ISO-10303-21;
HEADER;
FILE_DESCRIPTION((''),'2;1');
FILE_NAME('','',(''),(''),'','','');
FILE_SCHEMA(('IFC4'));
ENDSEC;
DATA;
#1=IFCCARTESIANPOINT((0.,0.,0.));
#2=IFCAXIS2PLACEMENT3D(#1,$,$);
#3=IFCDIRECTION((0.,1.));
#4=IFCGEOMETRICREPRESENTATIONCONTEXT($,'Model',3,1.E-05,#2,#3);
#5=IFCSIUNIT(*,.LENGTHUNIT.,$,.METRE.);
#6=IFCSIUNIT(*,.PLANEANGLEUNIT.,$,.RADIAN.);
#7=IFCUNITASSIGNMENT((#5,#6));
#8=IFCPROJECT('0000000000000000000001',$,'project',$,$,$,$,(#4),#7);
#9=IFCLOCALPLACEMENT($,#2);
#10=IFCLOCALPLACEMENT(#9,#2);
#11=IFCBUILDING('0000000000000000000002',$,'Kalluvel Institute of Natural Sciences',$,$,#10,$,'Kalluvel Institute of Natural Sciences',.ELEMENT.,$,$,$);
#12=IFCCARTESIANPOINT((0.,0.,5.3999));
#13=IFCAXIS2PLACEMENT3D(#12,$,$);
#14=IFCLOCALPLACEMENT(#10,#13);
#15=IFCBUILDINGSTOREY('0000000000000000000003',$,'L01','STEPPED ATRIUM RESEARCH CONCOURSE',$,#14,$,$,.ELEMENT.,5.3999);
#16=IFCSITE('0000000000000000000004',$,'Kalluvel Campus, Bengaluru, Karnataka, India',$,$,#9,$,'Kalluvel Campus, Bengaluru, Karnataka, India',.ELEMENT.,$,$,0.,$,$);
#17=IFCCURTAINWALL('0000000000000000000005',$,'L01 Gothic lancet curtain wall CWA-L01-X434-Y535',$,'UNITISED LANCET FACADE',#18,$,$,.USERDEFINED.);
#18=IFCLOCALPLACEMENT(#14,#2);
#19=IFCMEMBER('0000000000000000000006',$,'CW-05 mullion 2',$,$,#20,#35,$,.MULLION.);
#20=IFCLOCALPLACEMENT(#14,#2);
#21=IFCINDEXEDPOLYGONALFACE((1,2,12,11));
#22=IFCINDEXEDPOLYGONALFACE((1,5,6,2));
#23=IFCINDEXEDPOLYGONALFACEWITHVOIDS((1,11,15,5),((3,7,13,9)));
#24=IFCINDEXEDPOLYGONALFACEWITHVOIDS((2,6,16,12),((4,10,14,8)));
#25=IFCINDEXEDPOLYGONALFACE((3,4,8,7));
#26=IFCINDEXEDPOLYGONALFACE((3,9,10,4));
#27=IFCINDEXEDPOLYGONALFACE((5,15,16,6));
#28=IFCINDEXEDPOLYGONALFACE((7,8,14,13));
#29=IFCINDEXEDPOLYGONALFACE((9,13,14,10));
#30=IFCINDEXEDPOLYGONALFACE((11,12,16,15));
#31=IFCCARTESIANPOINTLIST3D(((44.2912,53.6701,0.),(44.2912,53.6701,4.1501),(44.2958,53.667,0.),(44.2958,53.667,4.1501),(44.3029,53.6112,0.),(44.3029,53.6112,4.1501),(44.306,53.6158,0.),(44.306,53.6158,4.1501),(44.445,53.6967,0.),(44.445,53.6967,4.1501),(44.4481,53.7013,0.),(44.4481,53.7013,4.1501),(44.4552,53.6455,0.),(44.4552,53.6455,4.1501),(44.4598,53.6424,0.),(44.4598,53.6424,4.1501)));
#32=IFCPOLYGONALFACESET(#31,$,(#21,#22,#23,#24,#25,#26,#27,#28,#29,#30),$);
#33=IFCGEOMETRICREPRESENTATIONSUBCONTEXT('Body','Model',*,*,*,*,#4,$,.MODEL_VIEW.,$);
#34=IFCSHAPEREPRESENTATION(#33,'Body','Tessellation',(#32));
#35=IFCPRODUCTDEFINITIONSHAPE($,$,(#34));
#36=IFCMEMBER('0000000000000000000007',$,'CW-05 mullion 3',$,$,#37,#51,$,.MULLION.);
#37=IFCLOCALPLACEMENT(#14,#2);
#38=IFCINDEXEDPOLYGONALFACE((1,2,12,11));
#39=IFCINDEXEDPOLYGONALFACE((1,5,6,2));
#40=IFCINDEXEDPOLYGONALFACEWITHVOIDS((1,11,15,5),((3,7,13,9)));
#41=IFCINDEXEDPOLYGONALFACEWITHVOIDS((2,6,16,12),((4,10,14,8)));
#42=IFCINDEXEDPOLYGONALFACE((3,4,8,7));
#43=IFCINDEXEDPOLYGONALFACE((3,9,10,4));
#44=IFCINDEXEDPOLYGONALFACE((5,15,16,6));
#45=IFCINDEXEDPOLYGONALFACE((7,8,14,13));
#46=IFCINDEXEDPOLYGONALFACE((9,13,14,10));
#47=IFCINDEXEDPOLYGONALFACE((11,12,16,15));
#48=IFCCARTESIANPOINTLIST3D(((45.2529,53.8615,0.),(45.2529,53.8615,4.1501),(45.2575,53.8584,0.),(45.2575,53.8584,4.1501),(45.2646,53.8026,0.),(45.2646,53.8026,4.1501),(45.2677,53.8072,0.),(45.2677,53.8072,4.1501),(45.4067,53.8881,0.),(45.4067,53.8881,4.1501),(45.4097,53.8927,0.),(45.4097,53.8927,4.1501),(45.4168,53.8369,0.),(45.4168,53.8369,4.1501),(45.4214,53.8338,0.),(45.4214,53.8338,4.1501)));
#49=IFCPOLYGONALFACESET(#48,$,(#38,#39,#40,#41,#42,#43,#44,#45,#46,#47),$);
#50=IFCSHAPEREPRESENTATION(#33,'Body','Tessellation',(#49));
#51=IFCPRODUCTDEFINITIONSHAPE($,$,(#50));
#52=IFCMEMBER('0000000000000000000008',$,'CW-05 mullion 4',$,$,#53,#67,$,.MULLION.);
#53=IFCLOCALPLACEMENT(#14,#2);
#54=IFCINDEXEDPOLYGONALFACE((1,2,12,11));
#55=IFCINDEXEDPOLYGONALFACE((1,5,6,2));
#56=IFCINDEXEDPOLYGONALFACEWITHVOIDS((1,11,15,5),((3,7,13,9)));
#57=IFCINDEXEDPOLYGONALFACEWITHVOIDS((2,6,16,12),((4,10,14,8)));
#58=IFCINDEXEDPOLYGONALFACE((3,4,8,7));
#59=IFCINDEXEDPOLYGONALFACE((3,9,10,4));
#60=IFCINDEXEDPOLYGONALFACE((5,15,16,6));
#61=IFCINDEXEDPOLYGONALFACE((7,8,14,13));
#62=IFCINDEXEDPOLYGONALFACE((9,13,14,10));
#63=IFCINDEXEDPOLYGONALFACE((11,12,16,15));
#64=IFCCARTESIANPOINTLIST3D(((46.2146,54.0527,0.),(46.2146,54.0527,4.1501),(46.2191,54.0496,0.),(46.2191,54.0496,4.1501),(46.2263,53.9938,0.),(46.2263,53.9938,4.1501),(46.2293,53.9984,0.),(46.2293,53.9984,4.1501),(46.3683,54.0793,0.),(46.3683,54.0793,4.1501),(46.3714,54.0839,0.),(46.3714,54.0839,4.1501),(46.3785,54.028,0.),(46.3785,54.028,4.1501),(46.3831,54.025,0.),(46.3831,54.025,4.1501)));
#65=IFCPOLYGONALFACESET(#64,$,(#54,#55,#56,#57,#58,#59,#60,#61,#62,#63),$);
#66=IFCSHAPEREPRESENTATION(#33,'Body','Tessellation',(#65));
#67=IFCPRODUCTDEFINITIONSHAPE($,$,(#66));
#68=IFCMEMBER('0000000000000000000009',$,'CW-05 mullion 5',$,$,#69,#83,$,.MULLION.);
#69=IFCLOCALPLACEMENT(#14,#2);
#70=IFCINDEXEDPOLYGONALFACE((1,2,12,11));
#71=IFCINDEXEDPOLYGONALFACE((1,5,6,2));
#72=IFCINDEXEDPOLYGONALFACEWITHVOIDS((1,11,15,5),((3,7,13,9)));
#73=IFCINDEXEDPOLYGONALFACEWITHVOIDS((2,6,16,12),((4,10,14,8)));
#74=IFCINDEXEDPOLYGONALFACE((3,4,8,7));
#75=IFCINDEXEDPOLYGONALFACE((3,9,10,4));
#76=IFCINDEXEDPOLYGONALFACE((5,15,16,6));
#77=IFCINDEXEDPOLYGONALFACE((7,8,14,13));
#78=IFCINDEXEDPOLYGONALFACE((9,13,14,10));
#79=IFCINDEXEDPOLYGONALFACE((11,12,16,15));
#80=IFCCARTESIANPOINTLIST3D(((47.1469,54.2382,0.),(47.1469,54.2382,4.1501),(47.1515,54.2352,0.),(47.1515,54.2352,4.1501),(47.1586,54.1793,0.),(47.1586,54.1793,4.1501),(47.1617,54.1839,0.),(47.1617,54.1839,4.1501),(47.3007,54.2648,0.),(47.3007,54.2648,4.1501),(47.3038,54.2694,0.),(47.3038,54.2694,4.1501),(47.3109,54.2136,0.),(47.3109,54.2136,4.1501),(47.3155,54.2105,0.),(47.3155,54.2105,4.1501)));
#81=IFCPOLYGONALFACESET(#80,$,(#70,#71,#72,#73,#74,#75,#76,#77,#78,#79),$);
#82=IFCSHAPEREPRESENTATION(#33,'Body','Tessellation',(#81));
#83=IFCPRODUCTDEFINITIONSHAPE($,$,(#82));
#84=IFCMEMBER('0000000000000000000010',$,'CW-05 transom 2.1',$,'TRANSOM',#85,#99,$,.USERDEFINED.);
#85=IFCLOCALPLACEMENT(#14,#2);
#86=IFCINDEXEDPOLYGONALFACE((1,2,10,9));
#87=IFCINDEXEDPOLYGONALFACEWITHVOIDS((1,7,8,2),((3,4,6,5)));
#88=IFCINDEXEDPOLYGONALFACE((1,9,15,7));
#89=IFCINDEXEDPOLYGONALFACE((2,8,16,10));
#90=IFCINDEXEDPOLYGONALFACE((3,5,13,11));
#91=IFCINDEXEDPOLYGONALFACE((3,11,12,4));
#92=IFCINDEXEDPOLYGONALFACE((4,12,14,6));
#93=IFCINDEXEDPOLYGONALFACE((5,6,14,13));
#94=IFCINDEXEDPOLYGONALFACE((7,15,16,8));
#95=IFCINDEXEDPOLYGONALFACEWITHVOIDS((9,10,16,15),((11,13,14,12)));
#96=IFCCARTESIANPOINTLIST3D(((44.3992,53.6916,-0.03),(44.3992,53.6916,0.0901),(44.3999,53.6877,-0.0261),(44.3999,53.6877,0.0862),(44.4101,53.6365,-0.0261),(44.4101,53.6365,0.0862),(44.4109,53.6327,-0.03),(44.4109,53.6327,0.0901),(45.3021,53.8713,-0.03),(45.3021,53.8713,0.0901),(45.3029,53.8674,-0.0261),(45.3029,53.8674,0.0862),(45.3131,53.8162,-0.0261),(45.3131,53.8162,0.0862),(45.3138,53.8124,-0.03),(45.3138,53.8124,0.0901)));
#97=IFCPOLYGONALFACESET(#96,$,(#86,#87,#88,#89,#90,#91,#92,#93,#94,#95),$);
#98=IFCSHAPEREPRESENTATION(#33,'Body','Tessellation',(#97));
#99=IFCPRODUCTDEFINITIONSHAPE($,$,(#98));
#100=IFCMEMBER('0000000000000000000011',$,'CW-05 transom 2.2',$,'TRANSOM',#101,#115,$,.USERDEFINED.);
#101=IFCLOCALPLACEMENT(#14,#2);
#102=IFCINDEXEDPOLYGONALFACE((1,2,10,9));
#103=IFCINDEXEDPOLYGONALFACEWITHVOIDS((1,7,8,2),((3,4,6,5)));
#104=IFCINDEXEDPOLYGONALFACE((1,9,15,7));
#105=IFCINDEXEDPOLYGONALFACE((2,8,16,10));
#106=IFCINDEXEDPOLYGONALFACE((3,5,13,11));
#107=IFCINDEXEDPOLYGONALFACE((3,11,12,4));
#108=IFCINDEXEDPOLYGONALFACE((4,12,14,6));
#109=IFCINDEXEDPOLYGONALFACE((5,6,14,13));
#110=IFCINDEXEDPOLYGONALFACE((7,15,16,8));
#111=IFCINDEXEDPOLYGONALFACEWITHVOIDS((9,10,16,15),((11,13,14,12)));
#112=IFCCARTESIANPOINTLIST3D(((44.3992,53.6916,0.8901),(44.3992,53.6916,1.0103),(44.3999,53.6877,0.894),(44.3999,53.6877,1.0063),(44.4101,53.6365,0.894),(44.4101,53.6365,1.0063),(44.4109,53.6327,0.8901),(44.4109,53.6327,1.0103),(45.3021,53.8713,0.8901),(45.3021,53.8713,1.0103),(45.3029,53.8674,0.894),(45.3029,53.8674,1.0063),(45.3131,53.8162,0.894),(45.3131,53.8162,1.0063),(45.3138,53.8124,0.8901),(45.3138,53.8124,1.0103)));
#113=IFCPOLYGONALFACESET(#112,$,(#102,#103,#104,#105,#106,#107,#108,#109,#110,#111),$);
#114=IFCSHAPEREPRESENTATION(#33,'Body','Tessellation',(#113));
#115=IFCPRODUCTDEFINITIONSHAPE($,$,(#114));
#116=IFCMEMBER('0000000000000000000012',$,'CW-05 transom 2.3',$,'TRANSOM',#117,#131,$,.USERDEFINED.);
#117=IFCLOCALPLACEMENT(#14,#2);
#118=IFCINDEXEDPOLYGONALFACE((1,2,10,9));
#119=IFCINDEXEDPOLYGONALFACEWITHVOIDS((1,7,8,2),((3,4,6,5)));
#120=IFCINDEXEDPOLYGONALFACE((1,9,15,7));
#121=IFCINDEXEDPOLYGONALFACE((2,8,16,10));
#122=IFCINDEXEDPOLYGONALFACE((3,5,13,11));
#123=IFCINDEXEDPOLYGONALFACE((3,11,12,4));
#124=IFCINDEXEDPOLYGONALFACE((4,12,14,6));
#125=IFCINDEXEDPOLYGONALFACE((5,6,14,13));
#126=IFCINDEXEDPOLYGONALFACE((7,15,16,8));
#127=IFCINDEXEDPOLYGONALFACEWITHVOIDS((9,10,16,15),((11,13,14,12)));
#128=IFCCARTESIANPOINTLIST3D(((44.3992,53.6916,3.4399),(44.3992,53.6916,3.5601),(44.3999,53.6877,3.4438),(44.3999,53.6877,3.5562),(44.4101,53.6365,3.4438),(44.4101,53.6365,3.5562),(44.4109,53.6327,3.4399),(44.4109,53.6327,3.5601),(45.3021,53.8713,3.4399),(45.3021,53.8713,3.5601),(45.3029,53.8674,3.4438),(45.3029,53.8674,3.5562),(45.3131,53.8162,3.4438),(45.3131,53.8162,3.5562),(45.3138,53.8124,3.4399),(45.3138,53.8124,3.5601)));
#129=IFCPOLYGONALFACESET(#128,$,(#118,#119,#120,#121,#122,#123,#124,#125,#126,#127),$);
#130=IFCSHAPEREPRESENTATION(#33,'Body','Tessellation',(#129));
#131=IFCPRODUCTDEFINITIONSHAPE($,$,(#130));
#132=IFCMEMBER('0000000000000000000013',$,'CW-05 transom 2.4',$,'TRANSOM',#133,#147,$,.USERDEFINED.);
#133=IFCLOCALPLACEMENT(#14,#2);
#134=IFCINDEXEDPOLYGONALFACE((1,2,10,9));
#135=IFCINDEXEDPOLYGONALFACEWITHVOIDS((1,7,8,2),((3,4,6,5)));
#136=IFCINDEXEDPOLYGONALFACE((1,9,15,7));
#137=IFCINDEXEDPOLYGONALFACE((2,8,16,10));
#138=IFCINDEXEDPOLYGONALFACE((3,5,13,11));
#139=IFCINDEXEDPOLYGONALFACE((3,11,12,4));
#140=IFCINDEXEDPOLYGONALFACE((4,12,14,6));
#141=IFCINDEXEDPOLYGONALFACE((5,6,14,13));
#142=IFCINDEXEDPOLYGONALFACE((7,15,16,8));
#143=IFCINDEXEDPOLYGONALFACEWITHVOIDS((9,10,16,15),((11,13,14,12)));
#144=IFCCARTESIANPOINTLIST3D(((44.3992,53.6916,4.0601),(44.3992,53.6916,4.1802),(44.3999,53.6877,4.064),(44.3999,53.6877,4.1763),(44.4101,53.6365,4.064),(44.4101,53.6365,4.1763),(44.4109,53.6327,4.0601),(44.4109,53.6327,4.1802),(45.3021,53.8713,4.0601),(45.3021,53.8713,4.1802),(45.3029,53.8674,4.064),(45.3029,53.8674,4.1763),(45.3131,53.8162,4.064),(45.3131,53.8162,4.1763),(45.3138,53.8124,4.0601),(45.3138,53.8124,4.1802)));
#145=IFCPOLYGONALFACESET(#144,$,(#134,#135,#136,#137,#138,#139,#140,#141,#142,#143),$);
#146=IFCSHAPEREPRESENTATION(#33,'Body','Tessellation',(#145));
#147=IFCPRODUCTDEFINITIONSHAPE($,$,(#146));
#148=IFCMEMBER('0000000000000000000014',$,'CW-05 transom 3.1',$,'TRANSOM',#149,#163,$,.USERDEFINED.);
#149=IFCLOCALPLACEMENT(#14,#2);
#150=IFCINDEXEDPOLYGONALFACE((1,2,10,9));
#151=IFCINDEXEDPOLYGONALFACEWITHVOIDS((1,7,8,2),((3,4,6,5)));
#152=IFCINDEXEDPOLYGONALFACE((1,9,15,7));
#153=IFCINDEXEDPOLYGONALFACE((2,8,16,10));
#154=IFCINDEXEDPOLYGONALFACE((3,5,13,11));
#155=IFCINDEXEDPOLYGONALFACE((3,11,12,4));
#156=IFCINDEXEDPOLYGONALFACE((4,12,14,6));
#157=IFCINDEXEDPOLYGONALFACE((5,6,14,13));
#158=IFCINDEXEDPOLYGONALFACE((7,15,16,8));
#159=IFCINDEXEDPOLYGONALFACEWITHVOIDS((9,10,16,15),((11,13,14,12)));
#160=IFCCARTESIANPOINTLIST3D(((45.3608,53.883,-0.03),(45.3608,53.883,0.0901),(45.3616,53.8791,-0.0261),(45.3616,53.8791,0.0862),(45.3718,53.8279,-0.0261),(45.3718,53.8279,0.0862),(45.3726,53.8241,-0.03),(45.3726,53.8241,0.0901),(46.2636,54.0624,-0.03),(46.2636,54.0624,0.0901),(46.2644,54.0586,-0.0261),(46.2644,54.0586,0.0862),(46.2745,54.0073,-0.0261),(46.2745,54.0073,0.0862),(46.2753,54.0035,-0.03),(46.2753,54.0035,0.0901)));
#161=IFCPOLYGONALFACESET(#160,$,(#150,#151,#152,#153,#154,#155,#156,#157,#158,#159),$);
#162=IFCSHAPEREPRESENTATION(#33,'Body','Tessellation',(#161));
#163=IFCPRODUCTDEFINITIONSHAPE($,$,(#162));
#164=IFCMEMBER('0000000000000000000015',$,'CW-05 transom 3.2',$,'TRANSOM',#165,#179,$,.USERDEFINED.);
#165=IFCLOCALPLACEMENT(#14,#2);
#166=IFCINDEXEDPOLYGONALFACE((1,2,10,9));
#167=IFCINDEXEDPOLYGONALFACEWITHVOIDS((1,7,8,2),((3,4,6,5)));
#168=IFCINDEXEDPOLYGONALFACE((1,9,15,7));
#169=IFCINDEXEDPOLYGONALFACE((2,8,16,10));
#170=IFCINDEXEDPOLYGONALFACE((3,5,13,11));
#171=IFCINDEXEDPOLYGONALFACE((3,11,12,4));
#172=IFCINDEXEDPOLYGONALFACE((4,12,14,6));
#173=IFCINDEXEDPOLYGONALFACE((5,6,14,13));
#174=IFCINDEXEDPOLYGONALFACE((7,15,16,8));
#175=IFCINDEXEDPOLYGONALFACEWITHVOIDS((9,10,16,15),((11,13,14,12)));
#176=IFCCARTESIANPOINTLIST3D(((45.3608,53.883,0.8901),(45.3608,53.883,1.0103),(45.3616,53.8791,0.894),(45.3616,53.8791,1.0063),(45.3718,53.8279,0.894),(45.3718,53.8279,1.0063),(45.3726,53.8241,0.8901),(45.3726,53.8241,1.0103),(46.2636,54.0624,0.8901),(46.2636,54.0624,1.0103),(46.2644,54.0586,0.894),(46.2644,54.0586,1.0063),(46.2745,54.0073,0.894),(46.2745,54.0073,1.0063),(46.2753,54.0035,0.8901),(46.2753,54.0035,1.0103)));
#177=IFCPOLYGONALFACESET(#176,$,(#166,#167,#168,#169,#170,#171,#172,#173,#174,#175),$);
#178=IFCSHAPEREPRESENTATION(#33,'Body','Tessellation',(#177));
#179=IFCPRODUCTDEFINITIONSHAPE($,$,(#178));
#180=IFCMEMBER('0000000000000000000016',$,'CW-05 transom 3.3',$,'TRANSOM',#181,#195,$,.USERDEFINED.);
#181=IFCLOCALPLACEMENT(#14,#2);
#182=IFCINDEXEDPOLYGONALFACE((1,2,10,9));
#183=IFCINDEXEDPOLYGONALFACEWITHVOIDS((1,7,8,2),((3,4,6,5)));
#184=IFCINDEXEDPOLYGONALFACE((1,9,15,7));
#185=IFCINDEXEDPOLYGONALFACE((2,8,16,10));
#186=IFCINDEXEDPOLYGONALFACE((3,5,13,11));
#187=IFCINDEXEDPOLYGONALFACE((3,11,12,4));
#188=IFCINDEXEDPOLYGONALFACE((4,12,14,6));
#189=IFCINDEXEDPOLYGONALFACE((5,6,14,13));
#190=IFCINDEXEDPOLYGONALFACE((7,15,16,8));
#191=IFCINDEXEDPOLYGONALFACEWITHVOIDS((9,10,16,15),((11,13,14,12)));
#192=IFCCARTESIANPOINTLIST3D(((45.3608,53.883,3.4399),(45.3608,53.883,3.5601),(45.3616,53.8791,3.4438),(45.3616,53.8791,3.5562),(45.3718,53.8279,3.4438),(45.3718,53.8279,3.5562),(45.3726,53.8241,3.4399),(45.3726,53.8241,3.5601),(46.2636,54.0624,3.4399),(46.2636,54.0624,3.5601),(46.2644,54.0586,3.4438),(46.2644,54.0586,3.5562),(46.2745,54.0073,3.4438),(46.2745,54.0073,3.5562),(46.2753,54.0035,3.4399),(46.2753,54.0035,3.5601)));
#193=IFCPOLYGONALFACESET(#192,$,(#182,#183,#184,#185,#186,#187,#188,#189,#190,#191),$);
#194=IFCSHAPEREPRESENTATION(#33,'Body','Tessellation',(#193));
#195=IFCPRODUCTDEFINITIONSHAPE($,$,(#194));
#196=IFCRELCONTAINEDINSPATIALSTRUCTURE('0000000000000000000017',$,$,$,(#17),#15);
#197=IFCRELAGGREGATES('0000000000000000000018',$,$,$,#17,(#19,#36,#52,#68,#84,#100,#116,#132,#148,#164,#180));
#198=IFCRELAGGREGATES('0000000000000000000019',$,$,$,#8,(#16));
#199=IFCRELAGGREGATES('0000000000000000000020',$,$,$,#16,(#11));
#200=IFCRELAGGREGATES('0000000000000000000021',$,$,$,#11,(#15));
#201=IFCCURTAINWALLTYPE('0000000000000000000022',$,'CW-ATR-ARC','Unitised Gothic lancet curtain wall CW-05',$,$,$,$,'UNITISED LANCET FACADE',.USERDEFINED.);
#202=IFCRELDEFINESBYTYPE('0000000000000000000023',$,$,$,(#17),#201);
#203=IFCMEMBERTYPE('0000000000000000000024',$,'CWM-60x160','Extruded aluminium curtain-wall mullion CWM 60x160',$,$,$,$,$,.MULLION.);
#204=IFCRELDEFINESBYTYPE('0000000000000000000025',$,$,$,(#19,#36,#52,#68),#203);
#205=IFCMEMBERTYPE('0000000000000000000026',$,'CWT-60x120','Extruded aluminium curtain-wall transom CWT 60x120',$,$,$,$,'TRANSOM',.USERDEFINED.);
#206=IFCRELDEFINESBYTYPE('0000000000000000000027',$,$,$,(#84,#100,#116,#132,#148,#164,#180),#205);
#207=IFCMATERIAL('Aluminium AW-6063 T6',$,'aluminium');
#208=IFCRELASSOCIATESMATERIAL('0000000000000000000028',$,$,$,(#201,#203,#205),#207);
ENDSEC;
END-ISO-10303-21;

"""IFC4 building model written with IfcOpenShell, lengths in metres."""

from ifc_helpers import new_model, si_unit, direction, frame, origin, origin_2d, place, context, subcontext, project, spatial, hollow_rectangle, extrude, material, material_profile, profile_set, type_object, element, aggregate, save


model = new_model("IFC4")

# Units and contexts
model_context = context("Model", 3, precision=1e-05, world=origin(), true_north=direction((0.0, 1.0)))
body_context = subcontext(model_context, "Body", "Model", "MODEL_VIEW")
ifc_project = project(units=[si_unit("LENGTHUNIT", "METRE"), si_unit("PLANEANGLEUNIT", "RADIAN")], contexts=[model_context])

# Site, building, storey
site_placement = place(None, origin())
site = spatial("IfcSite", under=ifc_project, at=site_placement, Name="Kalluvel Campus, Bengaluru, Karnataka, India", LongName="Kalluvel Campus, Bengaluru, Karnataka, India", CompositionType="ELEMENT", RefElevation=0.0)
building_placement = place(site_placement, origin())
building = spatial("IfcBuilding", under=site, at=building_placement, Name="Kalluvel Institute of Natural Sciences", LongName="Kalluvel Institute of Natural Sciences", CompositionType="ELEMENT")
storey_placement = place(building_placement, frame((0.0, 0.0, 5.3999)))
storey = spatial("IfcBuildingStorey", under=building, at=storey_placement, Name="L01", Description="STEPPED ATRIUM RESEARCH CONCOURSE", CompositionType="ELEMENT", Elevation=5.3999)

# Curtain wall, members
ifc_material_1 = material(Name="Aluminium AW-6063 T6", Category="aluminium")
curtain_wall_type = type_object("IfcCurtainWallType", Name="CW-ATR-ARC", Description="Unitised Gothic lancet curtain wall CW-05", ElementType="UNITISED LANCET FACADE", PredefinedType="USERDEFINED", material=ifc_material_1)
curtain_wall_placement = place(storey_placement, origin())
curtain_wall = element("IfcCurtainWall", 1, at=curtain_wall_placement, inside=storey, type_object=curtain_wall_type, Name="L01 Gothic lancet curtain wall CWA-L01-X434-Y535", ObjectType="UNITISED LANCET FACADE", PredefinedType="USERDEFINED")
ifc_material_profile_1 = material_profile(ifc_material_1, hollow_rectangle(XDim=0.0601, YDim=0.1599, WallThickness=0.0039, at=origin_2d()), Name="CWM 60x160")
ifc_profile_set_1 = profile_set([ifc_material_profile_1], Name="Aluminium AW-6063 T6")
member_type_1 = type_object("IfcMemberType", Name="CWM-60x160", Description="Extruded aluminium curtain-wall mullion CWM 60x160", PredefinedType="MULLION", material=ifc_profile_set_1)
member_1_placement = place(storey_placement, frame((44.3755, 53.6562, 0.0), z_axis=(0.0, 0.0, 1.0), x_axis=(-0.195077, 0.980788, 0.0)))
member_1 = element("IfcMember", 2, at=member_1_placement, type_object=member_type_1, Name="CW-05 mullion 2", PredefinedType="MULLION", context=body_context, shape_type="SweptSolid", body=[
    extrude(hollow_rectangle(XDim=0.0601, YDim=0.1599, WallThickness=0.0039, at=origin_2d()), origin(), (0.0, 0.0, 1.0), 4.1501),
])
member_2_placement = place(storey_placement, frame((45.3372, 53.8477, 0.0), z_axis=(0.0, 0.0, 1.0), x_axis=(-0.195077, 0.980788, 0.0)))
member_2 = element("IfcMember", 3, at=member_2_placement, type_object=member_type_1, Name="CW-05 mullion 3", PredefinedType="MULLION", context=body_context, shape_type="SweptSolid", body=[
    extrude(hollow_rectangle(XDim=0.0601, YDim=0.1599, WallThickness=0.0039, at=origin_2d()), origin(), (0.0, 0.0, 1.0), 4.1501),
])
member_3_placement = place(storey_placement, frame((46.2988, 54.0388, 0.0), z_axis=(0.0, 0.0, 1.0), x_axis=(-0.195077, 0.980788, 0.0)))
member_3 = element("IfcMember", 4, at=member_3_placement, type_object=member_type_1, Name="CW-05 mullion 4", PredefinedType="MULLION", context=body_context, shape_type="SweptSolid", body=[
    extrude(hollow_rectangle(XDim=0.0601, YDim=0.1599, WallThickness=0.0039, at=origin_2d()), origin(), (0.0, 0.0, 1.0), 4.1501),
])
member_4_placement = place(storey_placement, frame((47.2312, 54.2244, 0.0), z_axis=(0.0, 0.0, 1.0), x_axis=(-0.195077, 0.980788, 0.0)))
member_4 = element("IfcMember", 5, at=member_4_placement, type_object=member_type_1, Name="CW-05 mullion 5", PredefinedType="MULLION", context=body_context, shape_type="SweptSolid", body=[
    extrude(hollow_rectangle(XDim=0.0601, YDim=0.1599, WallThickness=0.0039, at=origin_2d()), origin(), (0.0, 0.0, 1.0), 4.1501),
])
ifc_material_profile_2 = material_profile(ifc_material_1, hollow_rectangle(XDim=0.0601, YDim=0.1201, WallThickness=0.0039, at=origin_2d()), Name="CWT 60x120")
ifc_profile_set_2 = profile_set([ifc_material_profile_2], Name="Aluminium AW-6063 T6")
member_type_2 = type_object("IfcMemberType", Name="CWT-60x120", Description="Extruded aluminium curtain-wall transom CWT 60x120", ElementType="TRANSOM", PredefinedType="USERDEFINED", material=ifc_profile_set_2)
member_5_placement = place(storey_placement, frame((44.405, 53.6621, 0.03), z_axis=(0.980764, 0.195198, 0.0), x_axis=(-0.195198, 0.980764, 0.0)))
member_5 = element("IfcMember", 6, at=member_5_placement, type_object=member_type_2, Name="CW-05 transom 2.1", ObjectType="TRANSOM", PredefinedType="USERDEFINED", context=body_context, shape_type="SweptSolid", body=[
    extrude(hollow_rectangle(XDim=0.0601, YDim=0.1201, WallThickness=0.0039, at=origin_2d()), origin(), (0.0, 0.0, 1.0), 0.9207),
])
member_6_placement = place(storey_placement, frame((44.405, 53.6621, 0.9502), z_axis=(0.980764, 0.195198, 0.0), x_axis=(-0.195198, 0.980764, 0.0)))
member_6 = element("IfcMember", 7, at=member_6_placement, type_object=member_type_2, Name="CW-05 transom 2.2", ObjectType="TRANSOM", PredefinedType="USERDEFINED", context=body_context, shape_type="SweptSolid", body=[
    extrude(hollow_rectangle(XDim=0.0601, YDim=0.1201, WallThickness=0.0039, at=origin_2d()), origin(), (0.0, 0.0, 1.0), 0.9207),
])
member_7_placement = place(storey_placement, frame((44.405, 53.6621, 3.5), z_axis=(0.980764, 0.195198, 0.0), x_axis=(-0.195198, 0.980764, 0.0)))
member_7 = element("IfcMember", 8, at=member_7_placement, type_object=member_type_2, Name="CW-05 transom 2.3", ObjectType="TRANSOM", PredefinedType="USERDEFINED", context=body_context, shape_type="SweptSolid", body=[
    extrude(hollow_rectangle(XDim=0.0601, YDim=0.1201, WallThickness=0.0039, at=origin_2d()), origin(), (0.0, 0.0, 1.0), 0.9207),
])
member_8_placement = place(storey_placement, frame((44.405, 53.6621, 4.1201), z_axis=(0.980764, 0.195198, 0.0), x_axis=(-0.195198, 0.980764, 0.0)))
member_8 = element("IfcMember", 9, at=member_8_placement, type_object=member_type_2, Name="CW-05 transom 2.4", ObjectType="TRANSOM", PredefinedType="USERDEFINED", context=body_context, shape_type="SweptSolid", body=[
    extrude(hollow_rectangle(XDim=0.0601, YDim=0.1201, WallThickness=0.0039, at=origin_2d()), origin(), (0.0, 0.0, 1.0), 0.9207),
])
member_9_placement = place(storey_placement, frame((45.3667, 53.8535, 0.03), z_axis=(0.980815, 0.194943, 0.0), x_axis=(-0.194943, 0.980815, 0.0)))
member_9 = element("IfcMember", 10, at=member_9_placement, type_object=member_type_2, Name="CW-05 transom 3.1", ObjectType="TRANSOM", PredefinedType="USERDEFINED", context=body_context, shape_type="SweptSolid", body=[
    extrude(hollow_rectangle(XDim=0.0601, YDim=0.1201, WallThickness=0.0039, at=origin_2d()), origin(), (0.0, 0.0, 1.0), 0.9204),
])
member_10_placement = place(storey_placement, frame((45.3667, 53.8535, 0.9502), z_axis=(0.980815, 0.194943, 0.0), x_axis=(-0.194943, 0.980815, 0.0)))
member_10 = element("IfcMember", 11, at=member_10_placement, type_object=member_type_2, Name="CW-05 transom 3.2", ObjectType="TRANSOM", PredefinedType="USERDEFINED", context=body_context, shape_type="SweptSolid", body=[
    extrude(hollow_rectangle(XDim=0.0601, YDim=0.1201, WallThickness=0.0039, at=origin_2d()), origin(), (0.0, 0.0, 1.0), 0.9204),
])
member_11_placement = place(storey_placement, frame((45.3667, 53.8535, 3.5), z_axis=(0.980815, 0.194943, 0.0), x_axis=(-0.194943, 0.980815, 0.0)))
member_11 = element("IfcMember", 12, at=member_11_placement, type_object=member_type_2, Name="CW-05 transom 3.3", ObjectType="TRANSOM", PredefinedType="USERDEFINED", context=body_context, shape_type="SweptSolid", body=[
    extrude(hollow_rectangle(XDim=0.0601, YDim=0.1201, WallThickness=0.0039, at=origin_2d()), origin(), (0.0, 0.0, 1.0), 0.9204),
])
aggregate(curtain_wall, [member_1, member_2, member_3, member_4, member_5, member_6, member_7, member_8, member_9, member_10, member_11])

save(model, "model.ifc")
